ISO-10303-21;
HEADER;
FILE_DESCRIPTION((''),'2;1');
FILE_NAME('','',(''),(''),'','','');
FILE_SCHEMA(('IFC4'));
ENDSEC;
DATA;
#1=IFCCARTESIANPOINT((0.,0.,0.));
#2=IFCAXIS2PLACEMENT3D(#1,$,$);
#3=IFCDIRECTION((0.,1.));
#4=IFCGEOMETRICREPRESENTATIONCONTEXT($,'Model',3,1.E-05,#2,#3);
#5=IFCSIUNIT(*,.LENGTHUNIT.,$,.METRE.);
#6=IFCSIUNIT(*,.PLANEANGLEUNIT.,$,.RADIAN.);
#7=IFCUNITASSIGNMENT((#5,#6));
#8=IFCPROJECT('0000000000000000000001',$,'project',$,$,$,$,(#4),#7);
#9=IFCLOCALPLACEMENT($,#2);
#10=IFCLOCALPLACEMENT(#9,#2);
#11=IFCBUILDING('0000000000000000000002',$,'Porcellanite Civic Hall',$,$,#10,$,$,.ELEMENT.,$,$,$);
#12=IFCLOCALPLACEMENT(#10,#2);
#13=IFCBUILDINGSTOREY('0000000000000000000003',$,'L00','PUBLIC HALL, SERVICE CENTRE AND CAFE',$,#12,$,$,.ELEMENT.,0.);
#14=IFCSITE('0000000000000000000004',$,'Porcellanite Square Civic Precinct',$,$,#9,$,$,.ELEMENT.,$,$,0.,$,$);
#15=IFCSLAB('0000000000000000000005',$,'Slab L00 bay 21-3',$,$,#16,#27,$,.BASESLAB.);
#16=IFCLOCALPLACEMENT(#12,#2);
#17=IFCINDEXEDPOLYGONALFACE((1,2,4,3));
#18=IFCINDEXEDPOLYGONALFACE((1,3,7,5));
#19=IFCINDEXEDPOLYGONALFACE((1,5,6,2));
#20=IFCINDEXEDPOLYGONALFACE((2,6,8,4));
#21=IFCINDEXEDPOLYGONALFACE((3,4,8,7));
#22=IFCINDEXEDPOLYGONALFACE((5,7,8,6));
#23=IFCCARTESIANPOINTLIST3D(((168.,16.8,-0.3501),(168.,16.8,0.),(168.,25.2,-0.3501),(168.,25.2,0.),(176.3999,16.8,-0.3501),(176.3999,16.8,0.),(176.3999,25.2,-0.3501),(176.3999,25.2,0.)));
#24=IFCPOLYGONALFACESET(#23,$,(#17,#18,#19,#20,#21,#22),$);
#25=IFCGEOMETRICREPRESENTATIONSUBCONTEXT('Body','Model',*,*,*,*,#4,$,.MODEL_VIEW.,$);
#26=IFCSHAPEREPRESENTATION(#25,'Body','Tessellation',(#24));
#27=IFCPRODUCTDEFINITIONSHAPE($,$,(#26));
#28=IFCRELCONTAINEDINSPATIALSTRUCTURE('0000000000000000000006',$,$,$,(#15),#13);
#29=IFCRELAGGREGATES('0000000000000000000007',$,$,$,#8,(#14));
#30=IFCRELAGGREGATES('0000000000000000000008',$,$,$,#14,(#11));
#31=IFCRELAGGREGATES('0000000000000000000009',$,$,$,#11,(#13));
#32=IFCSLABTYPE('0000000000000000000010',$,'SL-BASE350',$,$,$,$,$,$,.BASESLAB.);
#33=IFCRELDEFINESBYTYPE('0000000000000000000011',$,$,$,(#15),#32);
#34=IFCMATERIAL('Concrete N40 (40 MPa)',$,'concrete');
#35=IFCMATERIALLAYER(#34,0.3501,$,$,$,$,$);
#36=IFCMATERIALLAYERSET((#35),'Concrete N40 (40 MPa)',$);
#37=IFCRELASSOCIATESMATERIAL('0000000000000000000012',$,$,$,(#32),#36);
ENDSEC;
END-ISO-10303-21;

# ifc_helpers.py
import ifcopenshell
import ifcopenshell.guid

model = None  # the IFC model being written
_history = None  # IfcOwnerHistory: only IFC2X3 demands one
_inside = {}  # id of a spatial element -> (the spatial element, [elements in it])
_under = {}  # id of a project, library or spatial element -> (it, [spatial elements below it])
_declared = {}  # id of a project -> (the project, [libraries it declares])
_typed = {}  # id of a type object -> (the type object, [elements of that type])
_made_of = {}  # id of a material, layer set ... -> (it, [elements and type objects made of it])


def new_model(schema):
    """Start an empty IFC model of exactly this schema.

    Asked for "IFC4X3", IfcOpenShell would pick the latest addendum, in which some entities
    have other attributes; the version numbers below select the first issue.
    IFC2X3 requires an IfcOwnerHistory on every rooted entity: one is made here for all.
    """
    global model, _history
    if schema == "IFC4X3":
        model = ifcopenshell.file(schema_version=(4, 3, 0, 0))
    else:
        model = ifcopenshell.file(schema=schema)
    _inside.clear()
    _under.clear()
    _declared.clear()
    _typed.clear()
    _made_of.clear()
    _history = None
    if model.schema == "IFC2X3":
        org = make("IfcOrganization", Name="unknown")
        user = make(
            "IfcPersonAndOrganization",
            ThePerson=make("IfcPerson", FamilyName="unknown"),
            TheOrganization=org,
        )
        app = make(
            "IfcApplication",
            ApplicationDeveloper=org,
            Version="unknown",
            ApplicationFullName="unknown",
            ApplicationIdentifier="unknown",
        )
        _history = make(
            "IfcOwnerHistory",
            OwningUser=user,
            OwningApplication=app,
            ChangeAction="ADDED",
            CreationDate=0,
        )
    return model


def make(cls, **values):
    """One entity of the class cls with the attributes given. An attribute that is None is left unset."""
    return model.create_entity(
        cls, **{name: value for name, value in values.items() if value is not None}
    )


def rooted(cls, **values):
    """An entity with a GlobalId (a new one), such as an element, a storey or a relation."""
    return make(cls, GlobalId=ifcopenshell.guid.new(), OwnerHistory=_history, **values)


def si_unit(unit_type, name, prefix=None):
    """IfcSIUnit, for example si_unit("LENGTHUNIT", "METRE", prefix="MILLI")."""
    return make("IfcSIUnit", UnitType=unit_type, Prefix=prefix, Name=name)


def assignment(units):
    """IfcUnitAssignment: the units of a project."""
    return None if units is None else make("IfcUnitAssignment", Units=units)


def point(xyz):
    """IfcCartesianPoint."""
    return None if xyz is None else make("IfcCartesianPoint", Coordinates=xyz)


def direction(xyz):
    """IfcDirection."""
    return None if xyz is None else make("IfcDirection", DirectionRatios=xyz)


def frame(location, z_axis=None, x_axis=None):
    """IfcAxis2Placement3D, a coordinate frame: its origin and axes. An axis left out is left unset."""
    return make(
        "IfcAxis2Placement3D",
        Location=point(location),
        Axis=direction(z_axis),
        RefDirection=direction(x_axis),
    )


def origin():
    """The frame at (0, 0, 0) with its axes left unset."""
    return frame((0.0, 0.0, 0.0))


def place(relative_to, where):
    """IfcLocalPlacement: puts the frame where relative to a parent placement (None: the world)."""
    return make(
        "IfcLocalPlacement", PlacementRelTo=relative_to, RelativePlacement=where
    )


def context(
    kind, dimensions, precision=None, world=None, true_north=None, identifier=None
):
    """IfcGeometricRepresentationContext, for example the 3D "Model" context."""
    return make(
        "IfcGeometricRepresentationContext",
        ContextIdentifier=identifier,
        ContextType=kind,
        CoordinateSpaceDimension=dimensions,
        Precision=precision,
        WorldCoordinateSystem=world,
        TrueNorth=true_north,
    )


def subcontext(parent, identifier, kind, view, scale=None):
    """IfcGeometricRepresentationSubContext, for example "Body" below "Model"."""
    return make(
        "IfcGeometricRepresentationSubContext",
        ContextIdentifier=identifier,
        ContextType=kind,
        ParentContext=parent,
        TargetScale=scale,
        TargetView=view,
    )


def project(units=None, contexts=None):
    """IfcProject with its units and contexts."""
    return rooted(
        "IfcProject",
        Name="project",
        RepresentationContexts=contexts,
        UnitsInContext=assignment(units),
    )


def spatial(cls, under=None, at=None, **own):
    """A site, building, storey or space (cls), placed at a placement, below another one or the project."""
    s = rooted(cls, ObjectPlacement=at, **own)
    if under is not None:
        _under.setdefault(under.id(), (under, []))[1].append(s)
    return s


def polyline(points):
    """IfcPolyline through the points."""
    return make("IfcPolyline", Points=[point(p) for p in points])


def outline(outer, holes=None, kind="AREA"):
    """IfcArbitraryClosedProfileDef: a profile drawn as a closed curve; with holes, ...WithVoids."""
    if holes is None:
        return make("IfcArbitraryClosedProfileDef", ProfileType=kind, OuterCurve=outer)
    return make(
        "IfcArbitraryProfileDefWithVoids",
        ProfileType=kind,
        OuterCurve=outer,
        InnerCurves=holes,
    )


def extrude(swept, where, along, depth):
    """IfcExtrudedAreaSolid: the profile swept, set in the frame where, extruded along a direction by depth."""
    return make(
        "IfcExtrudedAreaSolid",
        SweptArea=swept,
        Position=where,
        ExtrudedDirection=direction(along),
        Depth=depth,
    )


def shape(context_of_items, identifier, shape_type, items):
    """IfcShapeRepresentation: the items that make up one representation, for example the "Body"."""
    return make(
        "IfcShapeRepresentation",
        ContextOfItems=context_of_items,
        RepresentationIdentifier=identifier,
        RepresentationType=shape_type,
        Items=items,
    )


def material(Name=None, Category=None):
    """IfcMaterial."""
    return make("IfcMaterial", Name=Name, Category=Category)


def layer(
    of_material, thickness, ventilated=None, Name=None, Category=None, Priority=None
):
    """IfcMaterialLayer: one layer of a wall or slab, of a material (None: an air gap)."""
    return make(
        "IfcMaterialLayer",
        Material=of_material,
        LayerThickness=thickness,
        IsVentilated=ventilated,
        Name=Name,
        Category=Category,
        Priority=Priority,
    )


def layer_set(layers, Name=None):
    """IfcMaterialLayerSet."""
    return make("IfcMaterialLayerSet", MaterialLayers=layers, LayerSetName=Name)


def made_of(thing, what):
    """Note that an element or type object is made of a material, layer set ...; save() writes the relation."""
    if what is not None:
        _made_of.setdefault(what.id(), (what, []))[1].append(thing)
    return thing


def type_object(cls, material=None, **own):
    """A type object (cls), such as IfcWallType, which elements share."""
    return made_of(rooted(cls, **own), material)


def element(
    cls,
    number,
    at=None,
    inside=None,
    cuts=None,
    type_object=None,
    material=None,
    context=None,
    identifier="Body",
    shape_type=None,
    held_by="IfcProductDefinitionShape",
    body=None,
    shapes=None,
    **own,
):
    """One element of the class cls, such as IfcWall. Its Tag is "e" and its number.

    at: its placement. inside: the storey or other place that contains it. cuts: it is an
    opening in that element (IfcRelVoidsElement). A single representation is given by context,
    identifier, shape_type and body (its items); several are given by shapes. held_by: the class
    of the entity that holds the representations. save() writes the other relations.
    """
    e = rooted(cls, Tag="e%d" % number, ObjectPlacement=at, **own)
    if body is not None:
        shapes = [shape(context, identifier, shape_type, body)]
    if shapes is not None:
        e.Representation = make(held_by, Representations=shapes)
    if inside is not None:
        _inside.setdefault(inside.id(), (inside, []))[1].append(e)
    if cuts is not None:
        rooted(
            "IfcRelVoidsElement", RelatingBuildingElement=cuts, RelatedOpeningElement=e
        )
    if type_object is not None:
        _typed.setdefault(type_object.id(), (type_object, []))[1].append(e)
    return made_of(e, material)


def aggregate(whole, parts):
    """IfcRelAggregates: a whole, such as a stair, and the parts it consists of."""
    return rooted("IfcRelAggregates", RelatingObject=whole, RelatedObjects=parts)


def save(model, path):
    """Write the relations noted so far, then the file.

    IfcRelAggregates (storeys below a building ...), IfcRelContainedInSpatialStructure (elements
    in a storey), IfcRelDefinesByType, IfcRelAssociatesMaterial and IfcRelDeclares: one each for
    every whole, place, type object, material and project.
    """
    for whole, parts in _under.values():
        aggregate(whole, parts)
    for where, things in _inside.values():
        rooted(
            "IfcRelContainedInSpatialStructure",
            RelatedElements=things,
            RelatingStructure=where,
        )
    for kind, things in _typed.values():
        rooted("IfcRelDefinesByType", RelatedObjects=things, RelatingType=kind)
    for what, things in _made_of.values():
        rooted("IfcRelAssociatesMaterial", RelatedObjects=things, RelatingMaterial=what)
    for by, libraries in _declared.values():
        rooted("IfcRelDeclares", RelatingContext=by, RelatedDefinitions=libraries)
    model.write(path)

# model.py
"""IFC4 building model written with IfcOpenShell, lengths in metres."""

from ifc_helpers import new_model, si_unit, direction, frame, origin, place, context, subcontext, project, spatial, polyline, outline, extrude, material, layer, layer_set, type_object, element, save


model = new_model("IFC4")

# Units and contexts
model_context = context("Model", 3, precision=1e-05, world=origin(), true_north=direction((0.0, 1.0)))
body_context = subcontext(model_context, "Body", "Model", "MODEL_VIEW")
ifc_project = project(units=[si_unit("LENGTHUNIT", "METRE"), si_unit("PLANEANGLEUNIT", "RADIAN")], contexts=[model_context])

# Site, building, storey
site_placement = place(None, origin())
site = spatial("IfcSite", under=ifc_project, at=site_placement, Name="Porcellanite Square Civic Precinct", CompositionType="ELEMENT", RefElevation=0.0)
building_placement = place(site_placement, origin())
building = spatial("IfcBuilding", under=site, at=building_placement, Name="Porcellanite Civic Hall", CompositionType="ELEMENT")
storey_placement = place(building_placement, origin())
storey = spatial("IfcBuildingStorey", under=building, at=storey_placement, Name="L00", Description="PUBLIC HALL, SERVICE CENTRE AND CAFE", CompositionType="ELEMENT", Elevation=0.0)

# Slab
ifc_material = material(Name="Concrete N40 (40 MPa)", Category="concrete")
ifc_layer = layer(ifc_material, 0.3501)
ifc_layer_set = layer_set([ifc_layer], Name="Concrete N40 (40 MPa)")
slab_type = type_object("IfcSlabType", Name="SL-BASE350", PredefinedType="BASESLAB", material=ifc_layer_set)
slab_1_placement = place(storey_placement, frame((0.0, 0.0, -0.3501)))
element("IfcSlab", 1, at=slab_1_placement, inside=storey, type_object=slab_type, Name="Slab L00 bay 21-3", PredefinedType="BASESLAB", context=body_context, shape_type="SweptSolid", body=[
    extrude(outline(polyline([(168.0, 16.8), (176.3999, 16.8), (176.3999, 25.2), (168.0, 25.2), (168.0, 16.8)])), origin(), (0.0, 0.0, 1.0), 0.3501),
])

save(model, "model.ifc")
